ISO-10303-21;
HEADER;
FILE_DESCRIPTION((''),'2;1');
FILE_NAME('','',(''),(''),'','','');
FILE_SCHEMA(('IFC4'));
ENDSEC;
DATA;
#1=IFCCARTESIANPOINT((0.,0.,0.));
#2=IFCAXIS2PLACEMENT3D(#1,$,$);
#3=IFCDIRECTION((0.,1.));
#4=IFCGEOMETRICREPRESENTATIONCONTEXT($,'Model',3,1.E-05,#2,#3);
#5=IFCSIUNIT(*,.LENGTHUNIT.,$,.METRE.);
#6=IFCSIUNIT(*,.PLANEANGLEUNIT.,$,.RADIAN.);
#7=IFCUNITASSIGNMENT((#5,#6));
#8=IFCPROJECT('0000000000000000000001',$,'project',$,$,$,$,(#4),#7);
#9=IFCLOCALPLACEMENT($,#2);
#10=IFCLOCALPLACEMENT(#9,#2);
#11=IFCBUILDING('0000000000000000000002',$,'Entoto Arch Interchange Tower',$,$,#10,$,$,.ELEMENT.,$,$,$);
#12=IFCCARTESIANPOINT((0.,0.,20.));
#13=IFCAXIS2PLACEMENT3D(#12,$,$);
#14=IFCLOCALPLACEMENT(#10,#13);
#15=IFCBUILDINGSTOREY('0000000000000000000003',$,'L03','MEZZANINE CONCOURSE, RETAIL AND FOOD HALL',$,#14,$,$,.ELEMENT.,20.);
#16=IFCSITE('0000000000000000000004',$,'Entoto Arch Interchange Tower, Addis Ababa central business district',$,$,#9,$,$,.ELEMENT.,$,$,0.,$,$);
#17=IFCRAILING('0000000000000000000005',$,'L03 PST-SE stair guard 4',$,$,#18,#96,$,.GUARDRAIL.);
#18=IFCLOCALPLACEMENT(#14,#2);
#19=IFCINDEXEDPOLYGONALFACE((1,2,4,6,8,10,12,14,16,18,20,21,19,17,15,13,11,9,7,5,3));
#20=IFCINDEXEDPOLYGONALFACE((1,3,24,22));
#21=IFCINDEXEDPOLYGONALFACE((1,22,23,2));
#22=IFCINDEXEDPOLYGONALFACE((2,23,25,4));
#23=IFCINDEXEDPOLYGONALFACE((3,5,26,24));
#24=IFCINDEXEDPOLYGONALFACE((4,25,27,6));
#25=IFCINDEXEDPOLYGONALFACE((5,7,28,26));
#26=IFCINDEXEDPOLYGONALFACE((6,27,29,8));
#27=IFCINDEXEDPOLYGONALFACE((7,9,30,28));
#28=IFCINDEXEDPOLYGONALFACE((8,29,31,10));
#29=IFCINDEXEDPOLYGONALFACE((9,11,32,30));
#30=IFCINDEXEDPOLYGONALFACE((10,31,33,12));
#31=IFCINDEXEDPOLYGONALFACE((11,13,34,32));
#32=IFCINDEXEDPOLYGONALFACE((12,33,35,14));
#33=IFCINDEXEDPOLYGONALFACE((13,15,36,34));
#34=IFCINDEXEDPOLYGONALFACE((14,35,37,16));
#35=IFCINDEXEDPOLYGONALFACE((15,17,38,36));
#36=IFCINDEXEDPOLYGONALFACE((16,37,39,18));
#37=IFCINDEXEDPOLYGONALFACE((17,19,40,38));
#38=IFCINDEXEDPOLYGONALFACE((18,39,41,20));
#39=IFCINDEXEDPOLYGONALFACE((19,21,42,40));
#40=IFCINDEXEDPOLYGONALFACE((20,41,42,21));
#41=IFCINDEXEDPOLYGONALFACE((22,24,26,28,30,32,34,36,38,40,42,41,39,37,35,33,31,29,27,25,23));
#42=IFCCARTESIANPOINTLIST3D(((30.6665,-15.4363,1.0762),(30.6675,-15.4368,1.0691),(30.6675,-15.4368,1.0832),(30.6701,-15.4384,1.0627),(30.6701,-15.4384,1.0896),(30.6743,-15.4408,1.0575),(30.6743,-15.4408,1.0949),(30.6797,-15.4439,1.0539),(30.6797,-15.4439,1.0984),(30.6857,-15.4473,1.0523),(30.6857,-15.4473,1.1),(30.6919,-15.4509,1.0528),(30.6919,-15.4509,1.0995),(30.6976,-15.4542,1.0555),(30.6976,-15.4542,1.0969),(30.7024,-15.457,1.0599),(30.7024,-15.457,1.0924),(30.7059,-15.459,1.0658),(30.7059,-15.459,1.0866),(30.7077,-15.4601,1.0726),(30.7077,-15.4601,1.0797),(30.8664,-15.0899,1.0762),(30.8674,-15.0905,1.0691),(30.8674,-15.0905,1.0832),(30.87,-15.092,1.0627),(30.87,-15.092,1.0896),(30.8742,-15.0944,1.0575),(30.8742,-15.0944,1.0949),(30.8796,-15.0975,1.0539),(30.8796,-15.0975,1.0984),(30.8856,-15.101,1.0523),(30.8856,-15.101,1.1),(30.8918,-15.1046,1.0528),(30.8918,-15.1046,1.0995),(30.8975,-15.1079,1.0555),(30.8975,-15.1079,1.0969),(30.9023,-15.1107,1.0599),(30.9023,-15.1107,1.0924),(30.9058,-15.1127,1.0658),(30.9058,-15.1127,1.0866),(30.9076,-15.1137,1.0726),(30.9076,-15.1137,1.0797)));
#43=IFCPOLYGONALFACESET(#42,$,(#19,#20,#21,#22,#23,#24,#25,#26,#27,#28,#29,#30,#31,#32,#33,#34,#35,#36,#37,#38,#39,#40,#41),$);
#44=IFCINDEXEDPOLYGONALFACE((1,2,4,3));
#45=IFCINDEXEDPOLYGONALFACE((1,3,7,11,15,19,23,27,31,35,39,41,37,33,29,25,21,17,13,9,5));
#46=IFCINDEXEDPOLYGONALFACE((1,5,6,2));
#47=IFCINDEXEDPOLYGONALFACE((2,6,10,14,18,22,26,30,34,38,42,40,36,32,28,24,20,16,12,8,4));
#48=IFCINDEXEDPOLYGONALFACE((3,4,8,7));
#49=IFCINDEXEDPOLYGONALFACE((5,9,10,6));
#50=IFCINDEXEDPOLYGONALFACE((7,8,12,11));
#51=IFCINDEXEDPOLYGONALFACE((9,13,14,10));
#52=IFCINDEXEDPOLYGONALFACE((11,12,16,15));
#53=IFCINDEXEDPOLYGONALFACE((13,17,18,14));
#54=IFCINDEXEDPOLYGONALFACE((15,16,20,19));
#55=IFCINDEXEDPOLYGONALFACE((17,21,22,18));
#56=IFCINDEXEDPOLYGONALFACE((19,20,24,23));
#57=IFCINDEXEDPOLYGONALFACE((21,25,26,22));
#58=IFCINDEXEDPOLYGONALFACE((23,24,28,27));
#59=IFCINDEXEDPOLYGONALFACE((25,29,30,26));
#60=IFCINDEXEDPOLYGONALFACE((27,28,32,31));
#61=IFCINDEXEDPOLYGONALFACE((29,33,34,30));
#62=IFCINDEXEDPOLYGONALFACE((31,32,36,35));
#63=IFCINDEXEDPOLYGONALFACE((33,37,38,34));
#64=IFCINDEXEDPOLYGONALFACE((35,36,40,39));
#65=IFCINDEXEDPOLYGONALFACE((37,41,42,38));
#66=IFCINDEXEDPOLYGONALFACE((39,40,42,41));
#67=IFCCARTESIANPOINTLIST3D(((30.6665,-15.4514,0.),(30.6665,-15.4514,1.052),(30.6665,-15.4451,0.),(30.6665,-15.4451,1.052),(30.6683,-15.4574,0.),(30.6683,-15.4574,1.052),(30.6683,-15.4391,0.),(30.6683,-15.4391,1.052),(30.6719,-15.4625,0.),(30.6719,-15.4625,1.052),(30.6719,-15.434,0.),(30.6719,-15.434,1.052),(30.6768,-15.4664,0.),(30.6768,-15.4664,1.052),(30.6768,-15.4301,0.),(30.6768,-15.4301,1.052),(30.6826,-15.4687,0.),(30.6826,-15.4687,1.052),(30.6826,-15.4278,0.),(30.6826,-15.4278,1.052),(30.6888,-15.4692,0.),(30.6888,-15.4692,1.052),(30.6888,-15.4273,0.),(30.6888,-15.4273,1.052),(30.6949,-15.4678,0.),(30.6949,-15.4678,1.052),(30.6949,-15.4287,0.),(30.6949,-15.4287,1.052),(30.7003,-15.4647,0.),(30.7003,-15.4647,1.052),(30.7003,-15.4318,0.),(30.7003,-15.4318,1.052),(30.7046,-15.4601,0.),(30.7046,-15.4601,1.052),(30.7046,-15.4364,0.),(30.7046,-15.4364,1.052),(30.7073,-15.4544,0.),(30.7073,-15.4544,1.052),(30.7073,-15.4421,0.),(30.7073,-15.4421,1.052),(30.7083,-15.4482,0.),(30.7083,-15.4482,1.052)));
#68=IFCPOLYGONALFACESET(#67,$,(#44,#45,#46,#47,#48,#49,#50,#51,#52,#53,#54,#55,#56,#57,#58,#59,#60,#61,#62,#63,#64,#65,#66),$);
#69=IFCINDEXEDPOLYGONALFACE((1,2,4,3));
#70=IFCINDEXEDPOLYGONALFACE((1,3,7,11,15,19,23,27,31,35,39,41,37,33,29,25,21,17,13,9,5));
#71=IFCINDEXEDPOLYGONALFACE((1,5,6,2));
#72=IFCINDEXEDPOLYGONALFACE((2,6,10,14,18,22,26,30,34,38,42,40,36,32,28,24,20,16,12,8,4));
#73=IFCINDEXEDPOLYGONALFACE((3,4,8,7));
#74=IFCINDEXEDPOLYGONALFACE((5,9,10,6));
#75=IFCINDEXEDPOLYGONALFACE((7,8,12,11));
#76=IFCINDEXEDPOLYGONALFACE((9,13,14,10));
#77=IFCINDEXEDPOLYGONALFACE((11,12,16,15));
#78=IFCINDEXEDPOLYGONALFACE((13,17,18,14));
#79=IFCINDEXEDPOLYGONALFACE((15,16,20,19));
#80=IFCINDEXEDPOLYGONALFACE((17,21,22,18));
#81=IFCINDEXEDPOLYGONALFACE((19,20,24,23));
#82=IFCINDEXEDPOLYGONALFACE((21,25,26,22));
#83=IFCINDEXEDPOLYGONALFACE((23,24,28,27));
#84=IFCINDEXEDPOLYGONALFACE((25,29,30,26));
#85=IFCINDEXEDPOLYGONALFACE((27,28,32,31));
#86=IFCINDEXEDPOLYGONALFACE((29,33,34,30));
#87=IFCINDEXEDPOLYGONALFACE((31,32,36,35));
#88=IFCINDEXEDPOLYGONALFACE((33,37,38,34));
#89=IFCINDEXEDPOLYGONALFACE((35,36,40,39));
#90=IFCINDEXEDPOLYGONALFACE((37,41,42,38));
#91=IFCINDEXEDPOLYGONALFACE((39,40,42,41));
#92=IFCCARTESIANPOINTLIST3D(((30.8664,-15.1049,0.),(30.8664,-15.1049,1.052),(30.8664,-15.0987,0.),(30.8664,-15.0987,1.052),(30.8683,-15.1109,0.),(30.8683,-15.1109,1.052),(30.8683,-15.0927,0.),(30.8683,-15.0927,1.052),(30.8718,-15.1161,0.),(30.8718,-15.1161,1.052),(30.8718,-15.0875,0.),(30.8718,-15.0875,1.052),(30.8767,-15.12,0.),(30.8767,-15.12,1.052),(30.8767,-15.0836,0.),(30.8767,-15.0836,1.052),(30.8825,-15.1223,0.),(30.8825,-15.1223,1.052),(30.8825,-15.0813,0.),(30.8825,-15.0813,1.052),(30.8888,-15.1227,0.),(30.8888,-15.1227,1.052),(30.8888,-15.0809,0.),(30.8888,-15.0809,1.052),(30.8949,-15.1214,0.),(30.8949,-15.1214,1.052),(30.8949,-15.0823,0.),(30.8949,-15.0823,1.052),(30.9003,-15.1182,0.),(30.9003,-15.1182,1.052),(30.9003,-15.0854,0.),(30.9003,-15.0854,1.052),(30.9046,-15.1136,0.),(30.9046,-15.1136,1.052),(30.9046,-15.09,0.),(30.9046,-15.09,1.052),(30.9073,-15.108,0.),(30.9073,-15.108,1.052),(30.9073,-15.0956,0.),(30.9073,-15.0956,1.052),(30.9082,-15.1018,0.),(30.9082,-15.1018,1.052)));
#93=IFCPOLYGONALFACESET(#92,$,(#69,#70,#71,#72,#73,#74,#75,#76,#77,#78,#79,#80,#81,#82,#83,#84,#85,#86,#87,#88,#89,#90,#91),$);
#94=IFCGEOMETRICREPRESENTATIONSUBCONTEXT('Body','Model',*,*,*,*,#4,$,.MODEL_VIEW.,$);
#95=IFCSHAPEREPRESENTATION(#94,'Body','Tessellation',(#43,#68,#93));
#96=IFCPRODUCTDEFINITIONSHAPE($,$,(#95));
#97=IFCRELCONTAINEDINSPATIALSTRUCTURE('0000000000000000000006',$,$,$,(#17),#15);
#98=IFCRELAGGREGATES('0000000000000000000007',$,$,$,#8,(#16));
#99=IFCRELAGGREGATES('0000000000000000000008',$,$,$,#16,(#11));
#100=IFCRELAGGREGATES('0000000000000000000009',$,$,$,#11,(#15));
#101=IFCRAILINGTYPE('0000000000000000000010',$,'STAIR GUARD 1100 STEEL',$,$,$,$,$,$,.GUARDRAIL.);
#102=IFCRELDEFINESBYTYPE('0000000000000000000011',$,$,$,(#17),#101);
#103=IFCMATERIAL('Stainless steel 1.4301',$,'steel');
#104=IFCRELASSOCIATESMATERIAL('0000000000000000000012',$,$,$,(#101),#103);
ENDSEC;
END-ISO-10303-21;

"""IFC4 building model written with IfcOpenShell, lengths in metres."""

from ifc_helpers import new_model, si_unit, direction, frame, origin, origin_2d, place, context, subcontext, project, spatial, circle, extrude, material, type_object, element, save


model = new_model("IFC4")

# Units and contexts
model_context = context("Model", 3, precision=1e-05, world=origin(), true_north=direction((0.0, 1.0)))
body_context = subcontext(model_context, "Body", "Model", "MODEL_VIEW")
ifc_project = project(units=[si_unit("LENGTHUNIT", "METRE"), si_unit("PLANEANGLEUNIT", "RADIAN")], contexts=[model_context])

# Site, building, storey
site_placement = place(None, origin())
site = spatial("IfcSite", under=ifc_project, at=site_placement, Name="Entoto Arch Interchange Tower, Addis Ababa central business district", CompositionType="ELEMENT", RefElevation=0.0)
building_placement = place(site_placement, origin())
building = spatial("IfcBuilding", under=site, at=building_placement, Name="Entoto Arch Interchange Tower", CompositionType="ELEMENT")
storey_placement = place(building_placement, frame((0.0, 0.0, 20.0)))
storey = spatial("IfcBuildingStorey", under=building, at=storey_placement, Name="L03", Description="MEZZANINE CONCOURSE, RETAIL AND FOOD HALL", CompositionType="ELEMENT", Elevation=20.0)

# Railing
ifc_material_1 = material(Name="Stainless steel 1.4301", Category="steel")
railing_type_1 = type_object("IfcRailingType", Name="STAIR GUARD 1100 STEEL", PredefinedType="GUARDRAIL", material=ifc_material_1)
railing_1_placement = place(storey_placement, frame((30.6873, -15.4482, 0.0)))
element("IfcRailing", 1, at=railing_1_placement, inside=storey, type_object=railing_type_1, Name="L03 PST-SE stair guard 4", PredefinedType="GUARDRAIL", context=body_context, shape_type="SweptSolid", body=[
    extrude(circle(Radius=0.0239, at=origin_2d()), frame((0.0, 0.0, 1.0762), z_axis=(0.499881, 0.866094, 0.0), x_axis=(-0.866094, 0.499881, 0.0)), (0.0, 0.0, 1.0), 0.3999),
    extrude(circle(Radius=0.021, at=origin_2d()), origin(), (0.0, 0.0, 1.0), 1.052),
    extrude(circle(Radius=0.021, at=origin_2d()), frame((0.2, 0.3464, 0.0)), (0.0, 0.0, 1.0), 1.052),
])

save(model, "model.ifc")
